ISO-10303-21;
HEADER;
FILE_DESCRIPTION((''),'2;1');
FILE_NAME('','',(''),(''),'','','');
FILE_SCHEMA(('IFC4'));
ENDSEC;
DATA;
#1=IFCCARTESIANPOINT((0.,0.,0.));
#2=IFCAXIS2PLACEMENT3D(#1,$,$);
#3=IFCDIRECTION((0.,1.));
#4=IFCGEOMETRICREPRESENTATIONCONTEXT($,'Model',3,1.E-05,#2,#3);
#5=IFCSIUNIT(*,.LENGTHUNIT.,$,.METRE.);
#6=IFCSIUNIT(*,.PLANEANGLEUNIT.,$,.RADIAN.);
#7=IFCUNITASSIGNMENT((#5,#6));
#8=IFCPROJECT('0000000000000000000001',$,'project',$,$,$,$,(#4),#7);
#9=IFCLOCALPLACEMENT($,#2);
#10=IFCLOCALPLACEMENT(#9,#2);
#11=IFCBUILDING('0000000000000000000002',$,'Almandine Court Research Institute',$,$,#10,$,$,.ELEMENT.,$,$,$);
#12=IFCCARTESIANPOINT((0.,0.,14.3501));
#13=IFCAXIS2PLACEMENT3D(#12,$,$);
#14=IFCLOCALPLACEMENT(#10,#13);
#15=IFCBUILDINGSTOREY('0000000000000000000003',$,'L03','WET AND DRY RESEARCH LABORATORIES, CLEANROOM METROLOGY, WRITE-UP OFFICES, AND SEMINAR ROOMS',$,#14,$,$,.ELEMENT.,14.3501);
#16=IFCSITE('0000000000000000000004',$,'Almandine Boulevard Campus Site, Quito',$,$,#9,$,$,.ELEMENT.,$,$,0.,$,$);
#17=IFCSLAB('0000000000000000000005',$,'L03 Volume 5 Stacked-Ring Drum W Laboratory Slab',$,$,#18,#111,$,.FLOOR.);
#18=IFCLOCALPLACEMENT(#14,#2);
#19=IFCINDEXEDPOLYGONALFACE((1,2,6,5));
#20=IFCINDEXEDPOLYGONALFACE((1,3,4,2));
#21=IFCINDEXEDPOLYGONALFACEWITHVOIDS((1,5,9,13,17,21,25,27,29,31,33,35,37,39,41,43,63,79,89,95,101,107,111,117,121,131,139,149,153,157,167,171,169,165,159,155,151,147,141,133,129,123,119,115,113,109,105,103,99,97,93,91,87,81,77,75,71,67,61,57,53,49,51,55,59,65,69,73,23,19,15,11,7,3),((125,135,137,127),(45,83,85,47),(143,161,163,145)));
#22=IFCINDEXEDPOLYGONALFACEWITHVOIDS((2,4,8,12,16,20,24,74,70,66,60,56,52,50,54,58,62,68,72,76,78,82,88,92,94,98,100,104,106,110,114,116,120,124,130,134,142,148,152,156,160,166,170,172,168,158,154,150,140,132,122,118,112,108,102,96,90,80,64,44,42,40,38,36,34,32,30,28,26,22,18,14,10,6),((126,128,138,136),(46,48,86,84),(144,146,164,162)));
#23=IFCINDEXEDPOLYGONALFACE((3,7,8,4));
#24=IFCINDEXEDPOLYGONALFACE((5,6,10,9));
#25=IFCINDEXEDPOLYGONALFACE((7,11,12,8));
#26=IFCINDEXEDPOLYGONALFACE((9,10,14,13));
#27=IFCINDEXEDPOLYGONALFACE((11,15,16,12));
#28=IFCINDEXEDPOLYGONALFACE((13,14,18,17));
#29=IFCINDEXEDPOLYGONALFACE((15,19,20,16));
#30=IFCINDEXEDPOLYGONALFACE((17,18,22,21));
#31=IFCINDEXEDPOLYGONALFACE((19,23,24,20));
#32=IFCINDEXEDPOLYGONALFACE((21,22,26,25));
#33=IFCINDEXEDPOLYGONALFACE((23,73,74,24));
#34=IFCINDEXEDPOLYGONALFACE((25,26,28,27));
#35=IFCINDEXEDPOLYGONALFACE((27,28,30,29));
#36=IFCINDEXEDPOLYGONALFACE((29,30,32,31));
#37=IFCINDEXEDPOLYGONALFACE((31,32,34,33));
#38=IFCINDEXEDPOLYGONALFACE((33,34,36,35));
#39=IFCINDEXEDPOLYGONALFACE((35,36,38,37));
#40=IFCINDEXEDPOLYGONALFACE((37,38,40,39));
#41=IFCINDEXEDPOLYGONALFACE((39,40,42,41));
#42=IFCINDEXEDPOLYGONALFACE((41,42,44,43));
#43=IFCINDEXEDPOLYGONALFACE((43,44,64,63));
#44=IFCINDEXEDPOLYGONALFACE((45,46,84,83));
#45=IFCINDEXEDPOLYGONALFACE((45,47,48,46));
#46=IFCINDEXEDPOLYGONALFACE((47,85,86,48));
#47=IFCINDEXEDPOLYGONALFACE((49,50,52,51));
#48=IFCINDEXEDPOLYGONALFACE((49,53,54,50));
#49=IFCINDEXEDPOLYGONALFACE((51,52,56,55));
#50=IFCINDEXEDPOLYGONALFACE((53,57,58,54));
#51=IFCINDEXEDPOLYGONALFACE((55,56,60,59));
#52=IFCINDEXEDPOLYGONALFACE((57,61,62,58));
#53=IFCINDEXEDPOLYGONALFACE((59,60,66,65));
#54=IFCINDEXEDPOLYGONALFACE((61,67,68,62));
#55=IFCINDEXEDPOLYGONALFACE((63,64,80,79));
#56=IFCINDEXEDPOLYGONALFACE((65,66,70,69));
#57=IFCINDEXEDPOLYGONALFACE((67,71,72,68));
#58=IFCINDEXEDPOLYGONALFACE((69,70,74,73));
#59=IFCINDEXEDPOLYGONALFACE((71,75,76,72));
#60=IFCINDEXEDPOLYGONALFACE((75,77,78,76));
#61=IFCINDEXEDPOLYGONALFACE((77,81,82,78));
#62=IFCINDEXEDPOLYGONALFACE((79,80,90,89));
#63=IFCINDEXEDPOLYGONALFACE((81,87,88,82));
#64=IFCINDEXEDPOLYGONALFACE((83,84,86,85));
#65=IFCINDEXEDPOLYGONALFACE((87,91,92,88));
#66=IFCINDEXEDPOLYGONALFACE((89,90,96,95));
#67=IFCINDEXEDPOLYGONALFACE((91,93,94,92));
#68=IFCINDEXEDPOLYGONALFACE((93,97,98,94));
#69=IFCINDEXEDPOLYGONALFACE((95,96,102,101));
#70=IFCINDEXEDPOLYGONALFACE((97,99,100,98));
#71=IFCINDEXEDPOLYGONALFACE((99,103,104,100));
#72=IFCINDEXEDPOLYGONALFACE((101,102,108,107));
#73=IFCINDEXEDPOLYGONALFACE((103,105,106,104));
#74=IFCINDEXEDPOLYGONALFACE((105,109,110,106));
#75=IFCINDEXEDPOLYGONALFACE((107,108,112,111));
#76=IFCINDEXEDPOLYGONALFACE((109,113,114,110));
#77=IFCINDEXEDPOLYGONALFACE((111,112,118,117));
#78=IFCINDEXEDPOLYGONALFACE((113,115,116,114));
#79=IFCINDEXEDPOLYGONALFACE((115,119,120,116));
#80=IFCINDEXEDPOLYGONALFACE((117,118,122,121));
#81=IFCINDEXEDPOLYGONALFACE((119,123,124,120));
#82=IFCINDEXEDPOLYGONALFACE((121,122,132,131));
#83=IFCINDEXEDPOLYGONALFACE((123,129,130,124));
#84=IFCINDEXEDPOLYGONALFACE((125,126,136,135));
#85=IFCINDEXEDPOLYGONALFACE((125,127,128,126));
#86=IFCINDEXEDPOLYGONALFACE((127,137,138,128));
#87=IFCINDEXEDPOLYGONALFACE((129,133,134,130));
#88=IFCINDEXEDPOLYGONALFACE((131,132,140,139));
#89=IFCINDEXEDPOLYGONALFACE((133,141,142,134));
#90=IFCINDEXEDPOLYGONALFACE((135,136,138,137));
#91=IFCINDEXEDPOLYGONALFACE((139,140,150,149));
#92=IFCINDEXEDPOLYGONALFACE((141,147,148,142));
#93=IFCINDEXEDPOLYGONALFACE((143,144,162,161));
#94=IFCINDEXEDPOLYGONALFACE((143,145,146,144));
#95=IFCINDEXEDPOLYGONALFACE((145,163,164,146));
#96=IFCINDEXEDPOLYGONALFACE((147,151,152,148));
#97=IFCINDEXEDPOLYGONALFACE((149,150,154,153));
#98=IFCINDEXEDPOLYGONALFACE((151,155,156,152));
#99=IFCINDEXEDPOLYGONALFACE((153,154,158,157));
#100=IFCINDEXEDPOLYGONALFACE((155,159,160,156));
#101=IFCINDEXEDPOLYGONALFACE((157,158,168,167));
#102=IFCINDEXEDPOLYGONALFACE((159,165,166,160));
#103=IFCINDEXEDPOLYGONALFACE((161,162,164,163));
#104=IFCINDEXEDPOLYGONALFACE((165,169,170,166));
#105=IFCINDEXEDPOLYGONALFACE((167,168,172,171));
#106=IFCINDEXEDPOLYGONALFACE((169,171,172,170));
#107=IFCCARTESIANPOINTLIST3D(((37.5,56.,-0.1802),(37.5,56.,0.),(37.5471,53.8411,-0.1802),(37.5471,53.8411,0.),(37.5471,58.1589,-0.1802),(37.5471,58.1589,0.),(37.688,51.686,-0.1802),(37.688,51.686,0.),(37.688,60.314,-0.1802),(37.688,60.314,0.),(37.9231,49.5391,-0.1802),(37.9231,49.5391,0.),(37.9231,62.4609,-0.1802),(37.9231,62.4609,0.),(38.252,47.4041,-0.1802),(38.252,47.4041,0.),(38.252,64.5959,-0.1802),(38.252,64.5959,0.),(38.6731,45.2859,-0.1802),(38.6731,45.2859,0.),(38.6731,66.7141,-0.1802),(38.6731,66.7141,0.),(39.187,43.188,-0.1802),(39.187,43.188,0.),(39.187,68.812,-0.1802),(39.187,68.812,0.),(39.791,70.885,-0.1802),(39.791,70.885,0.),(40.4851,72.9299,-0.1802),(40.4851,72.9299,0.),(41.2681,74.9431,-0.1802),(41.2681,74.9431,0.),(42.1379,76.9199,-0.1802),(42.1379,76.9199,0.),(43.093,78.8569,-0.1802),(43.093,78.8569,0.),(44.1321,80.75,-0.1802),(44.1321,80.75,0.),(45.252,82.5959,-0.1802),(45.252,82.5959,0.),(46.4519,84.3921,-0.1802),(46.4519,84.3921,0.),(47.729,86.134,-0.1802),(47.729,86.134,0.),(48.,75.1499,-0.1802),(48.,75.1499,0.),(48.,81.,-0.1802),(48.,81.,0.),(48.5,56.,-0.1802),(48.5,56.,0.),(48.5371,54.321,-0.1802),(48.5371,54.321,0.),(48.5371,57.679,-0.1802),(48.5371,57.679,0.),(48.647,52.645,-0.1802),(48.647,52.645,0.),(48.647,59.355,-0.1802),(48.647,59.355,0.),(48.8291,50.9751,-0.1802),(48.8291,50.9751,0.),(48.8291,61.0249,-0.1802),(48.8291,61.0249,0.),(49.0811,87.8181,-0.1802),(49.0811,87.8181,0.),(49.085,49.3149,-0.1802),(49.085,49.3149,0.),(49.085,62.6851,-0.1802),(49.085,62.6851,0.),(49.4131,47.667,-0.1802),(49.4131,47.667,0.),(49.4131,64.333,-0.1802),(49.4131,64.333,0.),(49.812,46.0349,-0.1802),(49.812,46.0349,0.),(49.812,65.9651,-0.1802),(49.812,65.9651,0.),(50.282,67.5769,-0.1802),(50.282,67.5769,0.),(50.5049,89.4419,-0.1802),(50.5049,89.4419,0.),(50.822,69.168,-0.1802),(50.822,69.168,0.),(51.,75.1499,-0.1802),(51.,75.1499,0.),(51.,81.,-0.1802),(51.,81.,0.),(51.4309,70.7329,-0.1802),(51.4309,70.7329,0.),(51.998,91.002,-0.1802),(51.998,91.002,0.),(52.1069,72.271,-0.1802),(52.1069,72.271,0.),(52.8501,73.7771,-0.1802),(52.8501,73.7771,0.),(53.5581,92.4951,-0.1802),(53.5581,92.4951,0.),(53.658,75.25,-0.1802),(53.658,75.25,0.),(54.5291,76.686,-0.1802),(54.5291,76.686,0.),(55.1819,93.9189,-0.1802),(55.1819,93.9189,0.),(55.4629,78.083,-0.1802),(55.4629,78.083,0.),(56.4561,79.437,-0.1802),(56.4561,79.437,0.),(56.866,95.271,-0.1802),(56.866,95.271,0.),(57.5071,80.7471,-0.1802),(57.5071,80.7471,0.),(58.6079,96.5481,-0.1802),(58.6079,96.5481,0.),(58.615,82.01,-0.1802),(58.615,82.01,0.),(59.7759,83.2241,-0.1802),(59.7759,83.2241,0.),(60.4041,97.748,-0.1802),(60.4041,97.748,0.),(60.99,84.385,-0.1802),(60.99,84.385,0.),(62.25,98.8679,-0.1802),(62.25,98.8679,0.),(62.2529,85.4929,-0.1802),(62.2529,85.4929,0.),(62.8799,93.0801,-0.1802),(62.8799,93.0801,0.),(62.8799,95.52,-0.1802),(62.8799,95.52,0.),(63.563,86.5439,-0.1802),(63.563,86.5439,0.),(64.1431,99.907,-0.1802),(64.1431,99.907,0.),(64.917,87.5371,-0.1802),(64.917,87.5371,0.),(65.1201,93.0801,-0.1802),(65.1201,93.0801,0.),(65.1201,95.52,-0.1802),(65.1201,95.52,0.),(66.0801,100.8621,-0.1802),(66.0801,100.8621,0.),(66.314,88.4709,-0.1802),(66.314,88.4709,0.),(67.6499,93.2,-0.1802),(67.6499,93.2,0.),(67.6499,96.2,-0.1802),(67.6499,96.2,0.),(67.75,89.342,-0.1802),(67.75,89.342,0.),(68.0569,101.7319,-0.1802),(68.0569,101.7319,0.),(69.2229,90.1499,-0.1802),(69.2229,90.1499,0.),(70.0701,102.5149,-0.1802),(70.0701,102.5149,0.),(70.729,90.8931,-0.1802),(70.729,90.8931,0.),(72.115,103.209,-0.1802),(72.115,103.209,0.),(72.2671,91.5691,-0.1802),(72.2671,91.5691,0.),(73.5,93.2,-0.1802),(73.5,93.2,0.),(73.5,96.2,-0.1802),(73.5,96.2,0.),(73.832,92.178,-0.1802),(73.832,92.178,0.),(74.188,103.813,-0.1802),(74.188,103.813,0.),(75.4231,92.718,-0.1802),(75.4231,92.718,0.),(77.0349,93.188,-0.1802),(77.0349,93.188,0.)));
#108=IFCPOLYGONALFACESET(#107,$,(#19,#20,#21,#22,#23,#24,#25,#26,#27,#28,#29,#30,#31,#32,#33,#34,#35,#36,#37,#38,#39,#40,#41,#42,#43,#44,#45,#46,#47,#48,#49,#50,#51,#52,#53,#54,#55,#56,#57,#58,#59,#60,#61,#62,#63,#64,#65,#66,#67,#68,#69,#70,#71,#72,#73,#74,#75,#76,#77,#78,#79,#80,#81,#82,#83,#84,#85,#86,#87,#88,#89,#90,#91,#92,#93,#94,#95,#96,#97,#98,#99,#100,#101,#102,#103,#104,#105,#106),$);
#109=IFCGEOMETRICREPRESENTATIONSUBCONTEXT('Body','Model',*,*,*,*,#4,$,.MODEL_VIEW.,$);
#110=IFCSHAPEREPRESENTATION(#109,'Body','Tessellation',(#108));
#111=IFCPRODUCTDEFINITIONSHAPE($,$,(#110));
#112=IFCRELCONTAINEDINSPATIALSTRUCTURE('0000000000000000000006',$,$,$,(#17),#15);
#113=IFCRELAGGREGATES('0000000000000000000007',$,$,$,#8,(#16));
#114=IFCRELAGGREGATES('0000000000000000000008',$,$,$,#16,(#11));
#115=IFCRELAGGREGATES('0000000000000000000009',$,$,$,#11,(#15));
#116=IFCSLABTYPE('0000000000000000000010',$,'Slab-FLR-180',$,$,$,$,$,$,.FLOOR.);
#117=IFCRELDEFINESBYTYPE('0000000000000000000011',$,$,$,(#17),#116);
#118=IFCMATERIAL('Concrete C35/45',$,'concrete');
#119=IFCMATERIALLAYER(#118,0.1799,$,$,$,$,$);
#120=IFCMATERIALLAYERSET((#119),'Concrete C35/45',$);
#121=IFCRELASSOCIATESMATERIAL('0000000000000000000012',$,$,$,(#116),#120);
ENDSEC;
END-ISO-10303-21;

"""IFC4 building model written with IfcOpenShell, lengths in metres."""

from ifc_helpers import new_model, si_unit, direction, frame, origin, place, context, subcontext, project, spatial, polyline, outline, extrude, material, layer, layer_set, type_object, element, save


model = new_model("IFC4")

# Units and contexts
model_context = context("Model", 3, precision=1e-05, world=origin(), true_north=direction((0.0, 1.0)))
body_context = subcontext(model_context, "Body", "Model", "MODEL_VIEW")
ifc_project = project(units=[si_unit("LENGTHUNIT", "METRE"), si_unit("PLANEANGLEUNIT", "RADIAN")], contexts=[model_context])

# Site, building, storey
site_placement = place(None, origin())
site = spatial("IfcSite", under=ifc_project, at=site_placement, Name="Almandine Boulevard Campus Site, Quito", CompositionType="ELEMENT", RefElevation=0.0)
building_placement = place(site_placement, origin())
building = spatial("IfcBuilding", under=site, at=building_placement, Name="Almandine Court Research Institute", CompositionType="ELEMENT")
storey_placement = place(building_placement, frame((0.0, 0.0, 14.3501)))
storey = spatial("IfcBuildingStorey", under=building, at=storey_placement, Name="L03", Description="WET AND DRY RESEARCH LABORATORIES, CLEANROOM METROLOGY, WRITE-UP OFFICES, AND SEMINAR ROOMS", CompositionType="ELEMENT", Elevation=14.3501)

# Slab
ifc_material_1 = material(Name="Concrete C35/45", Category="concrete")
ifc_layer_1 = layer(ifc_material_1, 0.1799)
ifc_layer_set_1 = layer_set([ifc_layer_1], Name="Concrete C35/45")
slab_type_1 = type_object("IfcSlabType", Name="Slab-FLR-180", PredefinedType="FLOOR", material=ifc_layer_set_1)
slab_1_placement = place(storey_placement, frame((0.0, 0.0, -0.1802)))
element("IfcSlab", 1, at=slab_1_placement, inside=storey, type_object=slab_type_1, Name="L03 Volume 5 Stacked-Ring Drum W Laboratory Slab", PredefinedType="FLOOR", context=body_context, shape_type="SweptSolid", body=[
    extrude(outline(polyline([(74.188, 103.813), (72.115, 103.209), (70.0701, 102.5149), (68.0569, 101.7319), (66.0801, 100.8621), (64.1431, 99.907), (62.25, 98.8679), (60.4041, 97.748), (58.6079, 96.5481), (56.866, 95.271), (55.1819, 93.9189), (53.5581, 92.4951), (51.998, 91.002), (50.5049, 89.4419), (49.0811, 87.8181), (47.729, 86.134), (46.4519, 84.3921), (45.252, 82.5959), (44.1321, 80.75), (43.093, 78.8569), (42.1379, 76.9199), (41.2681, 74.9431), (40.4851, 72.9299), (39.791, 70.885), (39.187, 68.812), (38.6731, 66.7141), (38.252, 64.5959), (37.9231, 62.4609), (37.688, 60.314), (37.5471, 58.1589), (37.5, 56.0), (37.5471, 53.8411), (37.688, 51.686), (37.9231, 49.5391), (38.252, 47.4041), (38.6731, 45.2859), (39.187, 43.188), (49.812, 46.0349), (49.4131, 47.667), (49.085, 49.3149), (48.8291, 50.9751), (48.647, 52.645), (48.5371, 54.321), (48.5, 56.0), (48.5371, 57.679), (48.647, 59.355), (48.8291, 61.0249), (49.085, 62.6851), (49.4131, 64.333), (49.812, 65.9651), (50.282, 67.5769), (50.822, 69.168), (51.4309, 70.7329), (52.1069, 72.271), (52.8501, 73.7771), (53.658, 75.25), (54.5291, 76.686), (55.4629, 78.083), (56.4561, 79.437), (57.5071, 80.7471), (58.615, 82.01), (59.7759, 83.2241), (60.99, 84.385), (62.2529, 85.4929), (63.563, 86.5439), (64.917, 87.5371), (66.314, 88.4709), (67.75, 89.342), (69.2229, 90.1499), (70.729, 90.8931), (72.2671, 91.5691), (73.832, 92.178), (75.4231, 92.718), (77.0349, 93.188), (74.188, 103.813)]), holes=[polyline([(67.6499, 93.2), (73.5, 93.2), (73.5, 96.2), (67.6499, 96.2), (67.6499, 93.2)]), polyline([(51.0, 75.1499), (51.0, 81.0), (48.0, 81.0), (48.0, 75.1499), (51.0, 75.1499)]), polyline([(62.8799, 93.0801), (65.1201, 93.0801), (65.1201, 95.52), (62.8799, 95.52), (62.8799, 93.0801)])]), origin(), (0.0, 0.0, 1.0), 0.1802),
])

save(model, "model.ifc")
